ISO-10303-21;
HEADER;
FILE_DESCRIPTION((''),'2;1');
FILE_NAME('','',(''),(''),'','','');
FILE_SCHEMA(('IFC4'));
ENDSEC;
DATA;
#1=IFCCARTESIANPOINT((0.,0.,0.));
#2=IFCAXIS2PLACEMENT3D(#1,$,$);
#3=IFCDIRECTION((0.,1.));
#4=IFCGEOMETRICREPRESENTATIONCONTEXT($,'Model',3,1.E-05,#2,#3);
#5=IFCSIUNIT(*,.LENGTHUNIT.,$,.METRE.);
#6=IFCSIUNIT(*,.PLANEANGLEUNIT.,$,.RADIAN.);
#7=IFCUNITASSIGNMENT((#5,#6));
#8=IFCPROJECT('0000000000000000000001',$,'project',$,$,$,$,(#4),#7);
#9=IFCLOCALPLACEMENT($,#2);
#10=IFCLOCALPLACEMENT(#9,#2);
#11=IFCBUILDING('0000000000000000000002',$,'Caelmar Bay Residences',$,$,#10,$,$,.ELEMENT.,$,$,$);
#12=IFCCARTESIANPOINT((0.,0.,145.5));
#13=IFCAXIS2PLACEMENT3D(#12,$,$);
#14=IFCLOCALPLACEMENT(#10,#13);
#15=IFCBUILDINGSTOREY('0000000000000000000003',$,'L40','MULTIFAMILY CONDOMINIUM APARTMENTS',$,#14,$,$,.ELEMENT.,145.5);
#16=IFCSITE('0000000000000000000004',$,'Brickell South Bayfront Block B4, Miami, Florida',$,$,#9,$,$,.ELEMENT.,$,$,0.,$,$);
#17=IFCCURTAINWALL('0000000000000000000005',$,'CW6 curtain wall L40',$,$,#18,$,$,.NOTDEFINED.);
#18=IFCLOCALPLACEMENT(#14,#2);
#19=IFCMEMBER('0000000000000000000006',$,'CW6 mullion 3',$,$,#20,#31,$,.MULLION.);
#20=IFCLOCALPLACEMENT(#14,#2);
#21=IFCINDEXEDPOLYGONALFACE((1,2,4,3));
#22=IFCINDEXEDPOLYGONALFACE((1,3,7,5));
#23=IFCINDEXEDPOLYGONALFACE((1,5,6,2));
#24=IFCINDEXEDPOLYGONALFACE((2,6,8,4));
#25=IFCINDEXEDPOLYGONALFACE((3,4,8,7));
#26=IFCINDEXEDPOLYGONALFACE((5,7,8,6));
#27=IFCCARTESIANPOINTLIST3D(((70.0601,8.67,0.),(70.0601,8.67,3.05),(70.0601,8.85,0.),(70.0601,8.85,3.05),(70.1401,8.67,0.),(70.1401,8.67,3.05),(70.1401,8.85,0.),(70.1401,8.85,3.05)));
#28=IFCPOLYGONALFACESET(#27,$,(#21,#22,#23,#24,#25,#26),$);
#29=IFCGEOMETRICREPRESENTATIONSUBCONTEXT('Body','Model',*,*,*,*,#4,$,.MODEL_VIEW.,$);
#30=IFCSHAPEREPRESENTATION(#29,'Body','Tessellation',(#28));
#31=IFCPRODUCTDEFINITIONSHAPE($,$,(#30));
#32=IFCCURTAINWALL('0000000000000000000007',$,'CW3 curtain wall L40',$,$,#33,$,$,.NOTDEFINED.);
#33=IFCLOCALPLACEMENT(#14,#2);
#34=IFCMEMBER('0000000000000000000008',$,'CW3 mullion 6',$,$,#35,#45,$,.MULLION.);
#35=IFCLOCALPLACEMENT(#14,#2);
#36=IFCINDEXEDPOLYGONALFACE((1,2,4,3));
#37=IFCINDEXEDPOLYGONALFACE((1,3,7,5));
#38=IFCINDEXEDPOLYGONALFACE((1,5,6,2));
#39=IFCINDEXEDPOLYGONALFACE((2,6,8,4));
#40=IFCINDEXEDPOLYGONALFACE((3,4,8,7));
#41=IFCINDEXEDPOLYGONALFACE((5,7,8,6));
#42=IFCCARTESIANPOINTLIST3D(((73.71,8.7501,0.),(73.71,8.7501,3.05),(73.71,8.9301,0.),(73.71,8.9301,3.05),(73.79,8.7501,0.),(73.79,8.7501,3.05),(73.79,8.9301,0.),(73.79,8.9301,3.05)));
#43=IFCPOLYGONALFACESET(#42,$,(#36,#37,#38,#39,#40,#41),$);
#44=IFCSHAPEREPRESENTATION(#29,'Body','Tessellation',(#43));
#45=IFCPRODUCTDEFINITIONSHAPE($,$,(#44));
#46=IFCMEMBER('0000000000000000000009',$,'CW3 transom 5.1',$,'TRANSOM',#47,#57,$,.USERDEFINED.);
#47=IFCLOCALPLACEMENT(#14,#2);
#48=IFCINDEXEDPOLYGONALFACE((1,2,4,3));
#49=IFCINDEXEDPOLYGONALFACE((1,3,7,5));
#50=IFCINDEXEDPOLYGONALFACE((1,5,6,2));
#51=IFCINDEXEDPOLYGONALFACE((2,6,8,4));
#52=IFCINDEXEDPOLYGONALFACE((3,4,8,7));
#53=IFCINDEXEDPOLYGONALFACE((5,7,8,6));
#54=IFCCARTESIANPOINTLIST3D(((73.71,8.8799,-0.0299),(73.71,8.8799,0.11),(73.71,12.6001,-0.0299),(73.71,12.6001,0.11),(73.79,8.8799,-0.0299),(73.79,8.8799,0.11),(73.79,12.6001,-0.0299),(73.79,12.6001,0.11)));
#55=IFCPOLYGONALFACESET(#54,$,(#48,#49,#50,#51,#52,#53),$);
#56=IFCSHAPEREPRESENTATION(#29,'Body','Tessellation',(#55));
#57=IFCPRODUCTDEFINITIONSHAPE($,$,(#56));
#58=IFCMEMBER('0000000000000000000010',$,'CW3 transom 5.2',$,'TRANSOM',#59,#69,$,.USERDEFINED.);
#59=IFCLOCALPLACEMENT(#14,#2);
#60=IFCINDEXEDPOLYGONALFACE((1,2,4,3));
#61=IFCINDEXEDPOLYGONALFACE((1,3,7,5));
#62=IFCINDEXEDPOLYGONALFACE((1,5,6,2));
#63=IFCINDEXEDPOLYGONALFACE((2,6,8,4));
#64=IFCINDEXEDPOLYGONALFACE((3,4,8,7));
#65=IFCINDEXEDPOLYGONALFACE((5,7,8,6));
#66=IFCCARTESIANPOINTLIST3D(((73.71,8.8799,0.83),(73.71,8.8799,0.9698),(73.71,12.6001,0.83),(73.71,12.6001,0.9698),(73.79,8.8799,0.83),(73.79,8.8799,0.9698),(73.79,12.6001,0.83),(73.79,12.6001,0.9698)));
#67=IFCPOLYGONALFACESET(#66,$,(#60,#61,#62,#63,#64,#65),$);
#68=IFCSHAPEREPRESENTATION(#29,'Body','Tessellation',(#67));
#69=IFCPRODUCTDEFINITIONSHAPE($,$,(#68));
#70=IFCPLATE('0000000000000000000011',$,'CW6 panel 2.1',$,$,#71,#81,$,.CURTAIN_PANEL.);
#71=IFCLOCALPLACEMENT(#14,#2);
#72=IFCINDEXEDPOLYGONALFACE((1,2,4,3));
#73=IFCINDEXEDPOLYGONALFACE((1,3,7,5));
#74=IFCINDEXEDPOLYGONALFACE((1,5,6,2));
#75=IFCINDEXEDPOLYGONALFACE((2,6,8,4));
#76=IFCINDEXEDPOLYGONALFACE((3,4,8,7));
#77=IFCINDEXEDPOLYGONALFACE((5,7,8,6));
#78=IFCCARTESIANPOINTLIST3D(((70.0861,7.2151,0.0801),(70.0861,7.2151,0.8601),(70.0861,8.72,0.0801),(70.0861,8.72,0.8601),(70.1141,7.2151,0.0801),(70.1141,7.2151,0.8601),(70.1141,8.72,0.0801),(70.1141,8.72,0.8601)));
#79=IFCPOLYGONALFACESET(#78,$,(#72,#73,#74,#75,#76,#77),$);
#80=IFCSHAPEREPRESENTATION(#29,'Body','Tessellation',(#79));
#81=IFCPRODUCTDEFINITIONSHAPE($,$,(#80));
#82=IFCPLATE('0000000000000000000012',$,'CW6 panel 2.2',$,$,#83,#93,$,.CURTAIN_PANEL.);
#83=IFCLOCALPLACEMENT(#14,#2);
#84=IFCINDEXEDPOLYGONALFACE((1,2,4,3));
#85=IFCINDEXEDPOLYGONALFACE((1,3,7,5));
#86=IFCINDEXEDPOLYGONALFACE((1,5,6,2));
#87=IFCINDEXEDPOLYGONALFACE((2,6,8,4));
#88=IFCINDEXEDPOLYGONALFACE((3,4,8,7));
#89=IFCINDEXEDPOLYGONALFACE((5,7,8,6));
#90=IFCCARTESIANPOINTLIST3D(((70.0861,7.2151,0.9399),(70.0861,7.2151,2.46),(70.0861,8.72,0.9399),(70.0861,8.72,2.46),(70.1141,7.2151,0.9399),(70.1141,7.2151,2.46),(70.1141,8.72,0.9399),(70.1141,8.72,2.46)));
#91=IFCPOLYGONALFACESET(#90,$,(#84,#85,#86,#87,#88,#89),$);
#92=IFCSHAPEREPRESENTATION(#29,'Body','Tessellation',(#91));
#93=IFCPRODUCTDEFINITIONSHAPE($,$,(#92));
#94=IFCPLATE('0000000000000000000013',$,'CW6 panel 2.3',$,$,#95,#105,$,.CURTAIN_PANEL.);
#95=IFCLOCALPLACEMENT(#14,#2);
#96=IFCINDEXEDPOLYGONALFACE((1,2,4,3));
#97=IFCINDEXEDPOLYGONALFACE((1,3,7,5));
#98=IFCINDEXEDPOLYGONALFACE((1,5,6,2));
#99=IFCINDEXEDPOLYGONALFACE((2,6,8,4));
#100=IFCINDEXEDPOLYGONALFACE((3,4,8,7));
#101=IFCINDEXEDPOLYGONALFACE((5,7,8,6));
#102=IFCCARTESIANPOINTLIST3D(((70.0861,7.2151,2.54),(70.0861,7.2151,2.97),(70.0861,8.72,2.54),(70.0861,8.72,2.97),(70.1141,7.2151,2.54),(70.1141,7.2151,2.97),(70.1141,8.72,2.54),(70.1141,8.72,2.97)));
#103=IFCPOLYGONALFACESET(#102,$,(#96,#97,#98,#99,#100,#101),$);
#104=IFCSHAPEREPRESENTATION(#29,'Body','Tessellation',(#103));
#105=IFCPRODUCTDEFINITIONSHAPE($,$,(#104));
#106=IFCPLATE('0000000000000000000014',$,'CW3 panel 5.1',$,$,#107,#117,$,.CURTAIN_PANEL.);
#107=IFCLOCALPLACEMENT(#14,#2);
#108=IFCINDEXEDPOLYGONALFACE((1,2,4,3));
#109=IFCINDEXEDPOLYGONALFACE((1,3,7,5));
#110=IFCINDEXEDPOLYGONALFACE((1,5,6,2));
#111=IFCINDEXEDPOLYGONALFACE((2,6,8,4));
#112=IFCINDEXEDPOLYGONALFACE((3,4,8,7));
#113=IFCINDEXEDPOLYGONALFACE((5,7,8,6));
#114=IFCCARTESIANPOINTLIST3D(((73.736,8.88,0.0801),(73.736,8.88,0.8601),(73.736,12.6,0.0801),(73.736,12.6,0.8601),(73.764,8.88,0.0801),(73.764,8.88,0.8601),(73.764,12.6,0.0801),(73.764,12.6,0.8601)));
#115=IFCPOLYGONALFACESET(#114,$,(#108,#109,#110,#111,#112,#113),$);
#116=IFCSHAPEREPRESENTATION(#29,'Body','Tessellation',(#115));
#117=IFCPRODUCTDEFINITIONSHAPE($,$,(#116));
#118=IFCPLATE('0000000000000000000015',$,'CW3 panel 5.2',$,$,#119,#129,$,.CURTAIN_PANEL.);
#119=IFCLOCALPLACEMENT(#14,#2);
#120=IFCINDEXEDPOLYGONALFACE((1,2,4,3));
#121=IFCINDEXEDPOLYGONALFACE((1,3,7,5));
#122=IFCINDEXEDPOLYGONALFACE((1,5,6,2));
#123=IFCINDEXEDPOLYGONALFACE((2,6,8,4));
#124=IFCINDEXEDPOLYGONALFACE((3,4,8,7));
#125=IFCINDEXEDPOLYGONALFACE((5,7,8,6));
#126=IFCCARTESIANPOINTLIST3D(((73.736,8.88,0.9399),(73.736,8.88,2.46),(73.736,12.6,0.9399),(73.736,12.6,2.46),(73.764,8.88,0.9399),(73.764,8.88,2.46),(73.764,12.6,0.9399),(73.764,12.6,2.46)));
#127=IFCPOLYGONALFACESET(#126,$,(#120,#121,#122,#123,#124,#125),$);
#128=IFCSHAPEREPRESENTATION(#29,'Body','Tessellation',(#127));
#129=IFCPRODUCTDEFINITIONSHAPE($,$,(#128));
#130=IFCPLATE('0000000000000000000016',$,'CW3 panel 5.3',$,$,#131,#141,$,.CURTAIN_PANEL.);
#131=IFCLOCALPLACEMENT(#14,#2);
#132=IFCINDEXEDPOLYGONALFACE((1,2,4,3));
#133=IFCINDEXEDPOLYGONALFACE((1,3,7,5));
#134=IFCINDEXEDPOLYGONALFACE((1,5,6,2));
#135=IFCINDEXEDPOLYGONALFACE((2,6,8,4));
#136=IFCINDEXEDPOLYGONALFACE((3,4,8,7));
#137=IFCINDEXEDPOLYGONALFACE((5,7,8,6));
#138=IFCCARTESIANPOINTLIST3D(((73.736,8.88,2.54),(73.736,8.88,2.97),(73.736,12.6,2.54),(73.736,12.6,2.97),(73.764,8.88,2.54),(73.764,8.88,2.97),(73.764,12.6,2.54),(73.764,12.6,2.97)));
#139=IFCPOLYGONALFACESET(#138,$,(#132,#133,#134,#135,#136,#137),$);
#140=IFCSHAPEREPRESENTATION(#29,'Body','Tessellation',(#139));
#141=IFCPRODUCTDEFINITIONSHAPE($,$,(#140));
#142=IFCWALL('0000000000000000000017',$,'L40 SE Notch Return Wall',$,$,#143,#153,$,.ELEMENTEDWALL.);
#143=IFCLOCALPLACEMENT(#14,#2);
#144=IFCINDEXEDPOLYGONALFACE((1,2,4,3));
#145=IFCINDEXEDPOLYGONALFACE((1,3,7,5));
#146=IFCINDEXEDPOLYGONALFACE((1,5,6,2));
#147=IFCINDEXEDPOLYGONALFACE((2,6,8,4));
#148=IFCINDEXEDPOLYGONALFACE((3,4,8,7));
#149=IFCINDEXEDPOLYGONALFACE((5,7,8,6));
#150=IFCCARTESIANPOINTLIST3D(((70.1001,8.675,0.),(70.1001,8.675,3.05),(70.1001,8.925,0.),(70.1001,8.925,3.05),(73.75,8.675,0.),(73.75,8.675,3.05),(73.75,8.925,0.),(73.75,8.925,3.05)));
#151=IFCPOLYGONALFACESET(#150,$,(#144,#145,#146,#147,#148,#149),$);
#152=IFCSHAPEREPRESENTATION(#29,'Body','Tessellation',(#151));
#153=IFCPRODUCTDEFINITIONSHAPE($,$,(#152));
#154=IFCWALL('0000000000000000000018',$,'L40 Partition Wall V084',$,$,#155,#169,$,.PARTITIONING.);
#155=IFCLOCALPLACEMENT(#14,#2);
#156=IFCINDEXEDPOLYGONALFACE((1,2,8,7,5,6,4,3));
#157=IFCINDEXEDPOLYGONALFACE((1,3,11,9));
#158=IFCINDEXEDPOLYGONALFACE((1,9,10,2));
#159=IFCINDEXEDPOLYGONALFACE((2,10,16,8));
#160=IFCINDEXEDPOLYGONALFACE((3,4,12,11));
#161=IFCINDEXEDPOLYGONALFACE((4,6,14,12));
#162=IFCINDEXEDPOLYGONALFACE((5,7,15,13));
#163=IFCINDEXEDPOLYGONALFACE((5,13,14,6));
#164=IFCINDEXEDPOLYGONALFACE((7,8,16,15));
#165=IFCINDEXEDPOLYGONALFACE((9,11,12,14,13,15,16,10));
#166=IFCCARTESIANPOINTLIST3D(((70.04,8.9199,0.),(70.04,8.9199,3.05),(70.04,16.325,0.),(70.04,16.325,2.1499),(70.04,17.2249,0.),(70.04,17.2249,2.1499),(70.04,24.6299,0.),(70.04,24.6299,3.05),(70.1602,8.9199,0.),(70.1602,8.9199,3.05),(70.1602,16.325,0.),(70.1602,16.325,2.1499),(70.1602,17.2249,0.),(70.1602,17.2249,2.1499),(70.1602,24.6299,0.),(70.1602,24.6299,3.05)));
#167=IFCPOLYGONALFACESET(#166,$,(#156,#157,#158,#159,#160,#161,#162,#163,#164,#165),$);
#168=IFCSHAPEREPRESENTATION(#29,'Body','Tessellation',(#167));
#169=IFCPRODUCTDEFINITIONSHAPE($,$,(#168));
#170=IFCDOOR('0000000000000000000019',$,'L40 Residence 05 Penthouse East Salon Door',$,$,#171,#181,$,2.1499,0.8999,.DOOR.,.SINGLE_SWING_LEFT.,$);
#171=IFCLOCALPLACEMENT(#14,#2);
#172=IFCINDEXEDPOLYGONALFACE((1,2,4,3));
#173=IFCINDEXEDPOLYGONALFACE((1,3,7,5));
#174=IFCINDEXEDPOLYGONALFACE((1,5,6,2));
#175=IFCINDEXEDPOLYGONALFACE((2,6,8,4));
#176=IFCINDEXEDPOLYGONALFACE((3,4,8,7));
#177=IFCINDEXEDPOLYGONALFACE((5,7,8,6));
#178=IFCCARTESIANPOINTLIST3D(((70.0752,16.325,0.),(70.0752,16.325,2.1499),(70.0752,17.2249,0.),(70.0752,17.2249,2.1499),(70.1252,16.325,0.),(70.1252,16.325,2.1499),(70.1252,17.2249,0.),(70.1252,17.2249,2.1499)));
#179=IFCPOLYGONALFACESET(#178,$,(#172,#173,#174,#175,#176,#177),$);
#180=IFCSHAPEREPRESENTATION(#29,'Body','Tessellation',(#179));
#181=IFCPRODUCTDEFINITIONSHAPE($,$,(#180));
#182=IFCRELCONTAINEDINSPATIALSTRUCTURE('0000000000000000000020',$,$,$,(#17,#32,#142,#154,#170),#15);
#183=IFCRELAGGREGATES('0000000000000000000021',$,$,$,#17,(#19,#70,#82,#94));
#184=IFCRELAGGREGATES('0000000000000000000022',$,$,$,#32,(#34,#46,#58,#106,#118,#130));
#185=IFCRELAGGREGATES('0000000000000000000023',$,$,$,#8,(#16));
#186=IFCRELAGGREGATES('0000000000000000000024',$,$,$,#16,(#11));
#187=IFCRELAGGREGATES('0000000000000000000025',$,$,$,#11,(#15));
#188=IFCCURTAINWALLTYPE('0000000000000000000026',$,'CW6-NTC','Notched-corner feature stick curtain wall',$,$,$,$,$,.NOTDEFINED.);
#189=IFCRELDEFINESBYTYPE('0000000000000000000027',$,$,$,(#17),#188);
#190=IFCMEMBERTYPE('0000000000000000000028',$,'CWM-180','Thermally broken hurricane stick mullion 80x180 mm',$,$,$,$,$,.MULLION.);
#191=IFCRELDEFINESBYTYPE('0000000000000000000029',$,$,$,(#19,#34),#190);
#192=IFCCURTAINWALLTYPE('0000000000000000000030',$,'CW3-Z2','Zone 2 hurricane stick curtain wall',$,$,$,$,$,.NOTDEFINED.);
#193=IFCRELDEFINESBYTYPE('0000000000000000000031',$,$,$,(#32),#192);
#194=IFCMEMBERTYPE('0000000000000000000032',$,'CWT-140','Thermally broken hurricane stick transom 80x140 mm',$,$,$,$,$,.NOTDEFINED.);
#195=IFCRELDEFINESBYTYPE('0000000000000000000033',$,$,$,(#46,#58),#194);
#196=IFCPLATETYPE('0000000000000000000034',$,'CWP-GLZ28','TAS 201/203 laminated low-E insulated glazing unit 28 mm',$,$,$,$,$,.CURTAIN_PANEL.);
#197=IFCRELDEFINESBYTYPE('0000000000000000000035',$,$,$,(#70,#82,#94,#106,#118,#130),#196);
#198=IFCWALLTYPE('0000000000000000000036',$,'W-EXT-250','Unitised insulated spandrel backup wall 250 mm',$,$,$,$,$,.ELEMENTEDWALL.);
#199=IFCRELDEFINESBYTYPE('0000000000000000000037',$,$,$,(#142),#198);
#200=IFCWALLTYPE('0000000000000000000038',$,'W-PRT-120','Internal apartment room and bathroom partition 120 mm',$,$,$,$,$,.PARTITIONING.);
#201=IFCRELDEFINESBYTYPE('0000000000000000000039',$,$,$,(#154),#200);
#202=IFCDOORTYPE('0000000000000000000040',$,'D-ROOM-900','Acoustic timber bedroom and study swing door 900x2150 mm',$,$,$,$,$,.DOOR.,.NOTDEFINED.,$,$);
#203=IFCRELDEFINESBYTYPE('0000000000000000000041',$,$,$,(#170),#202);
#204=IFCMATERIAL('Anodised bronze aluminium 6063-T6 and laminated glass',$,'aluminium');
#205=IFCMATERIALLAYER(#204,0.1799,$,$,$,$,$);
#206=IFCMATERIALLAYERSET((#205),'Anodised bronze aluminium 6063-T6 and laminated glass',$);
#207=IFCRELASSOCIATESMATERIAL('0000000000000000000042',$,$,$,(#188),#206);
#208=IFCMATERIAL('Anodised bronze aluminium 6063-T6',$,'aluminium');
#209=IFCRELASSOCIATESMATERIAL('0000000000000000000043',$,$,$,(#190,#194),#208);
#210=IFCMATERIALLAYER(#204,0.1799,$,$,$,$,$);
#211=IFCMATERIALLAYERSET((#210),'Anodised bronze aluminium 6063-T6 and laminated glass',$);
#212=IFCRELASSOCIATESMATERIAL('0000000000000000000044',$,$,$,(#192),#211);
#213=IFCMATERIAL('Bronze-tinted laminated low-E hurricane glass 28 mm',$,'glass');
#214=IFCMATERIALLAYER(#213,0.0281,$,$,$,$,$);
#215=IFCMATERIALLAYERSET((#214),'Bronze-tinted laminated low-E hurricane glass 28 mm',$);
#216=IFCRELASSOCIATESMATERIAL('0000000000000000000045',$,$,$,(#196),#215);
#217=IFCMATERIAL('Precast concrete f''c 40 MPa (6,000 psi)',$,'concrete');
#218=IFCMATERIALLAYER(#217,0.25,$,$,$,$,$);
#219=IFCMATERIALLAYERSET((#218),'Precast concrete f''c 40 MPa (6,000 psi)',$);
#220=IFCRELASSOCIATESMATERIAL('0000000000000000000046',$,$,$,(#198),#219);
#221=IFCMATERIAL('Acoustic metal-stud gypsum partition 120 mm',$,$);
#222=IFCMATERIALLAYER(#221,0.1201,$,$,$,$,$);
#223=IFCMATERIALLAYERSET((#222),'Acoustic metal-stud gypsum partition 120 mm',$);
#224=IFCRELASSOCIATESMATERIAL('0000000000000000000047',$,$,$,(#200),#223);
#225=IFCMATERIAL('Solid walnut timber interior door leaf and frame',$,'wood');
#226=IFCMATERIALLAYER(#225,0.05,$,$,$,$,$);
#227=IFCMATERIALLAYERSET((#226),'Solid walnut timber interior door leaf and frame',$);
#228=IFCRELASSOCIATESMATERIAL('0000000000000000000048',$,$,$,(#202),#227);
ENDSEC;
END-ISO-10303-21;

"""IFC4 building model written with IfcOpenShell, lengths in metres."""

from ifc_helpers import new_model, si_unit, direction, frame, frame_2d, origin, origin_2d, place, context, subcontext, project, spatial, rectangle, extrude, material, layer, layer_set, material_profile, profile_set, type_object, element, fill, aggregate, save


model = new_model("IFC4")

# Units and contexts
model_context = context("Model", 3, precision=1e-05, world=origin(), true_north=direction((0.0, 1.0)))
body_context = subcontext(model_context, "Body", "Model", "MODEL_VIEW")
ifc_project = project(units=[si_unit("LENGTHUNIT", "METRE"), si_unit("PLANEANGLEUNIT", "RADIAN")], contexts=[model_context])

# Site, building, storey
site_placement = place(None, origin())
site = spatial("IfcSite", under=ifc_project, at=site_placement, Name="Brickell South Bayfront Block B4, Miami, Florida", CompositionType="ELEMENT", RefElevation=0.0)
building_placement = place(site_placement, origin())
building = spatial("IfcBuilding", under=site, at=building_placement, Name="Caelmar Bay Residences", CompositionType="ELEMENT")
storey_placement = place(building_placement, frame((0.0, 0.0, 145.5)))
storey = spatial("IfcBuildingStorey", under=building, at=storey_placement, Name="L40", Description="MULTIFAMILY CONDOMINIUM APARTMENTS", CompositionType="ELEMENT", Elevation=145.5)

# Curtain wall, member
ifc_material_1 = material(Name="Anodised bronze aluminium 6063-T6 and laminated glass", Category="aluminium")
ifc_layer_1 = layer(ifc_material_1, 0.1799)
ifc_layer_set_1 = layer_set([ifc_layer_1], Name="Anodised bronze aluminium 6063-T6 and laminated glass")
curtain_wall_type_1 = type_object("IfcCurtainWallType", Name="CW6-NTC", Description="Notched-corner feature stick curtain wall", PredefinedType="NOTDEFINED", material=ifc_layer_set_1)
curtain_wall_1_placement = place(storey_placement, origin())
curtain_wall_1 = element("IfcCurtainWall", 1, at=curtain_wall_1_placement, inside=storey, type_object=curtain_wall_type_1, Name="CW6 curtain wall L40", PredefinedType="NOTDEFINED")
ifc_material_2 = material(Name="Anodised bronze aluminium 6063-T6", Category="aluminium")
ifc_material_profile_1 = material_profile(ifc_material_2, rectangle(XDim=0.0801, YDim=0.1799, at=origin_2d()), Name="CWM-80X180")
ifc_profile_set_1 = profile_set([ifc_material_profile_1], Name="Anodised bronze aluminium 6063-T6")
member_type_1 = type_object("IfcMemberType", Name="CWM-180", Description="Thermally broken hurricane stick mullion 80x180 mm", PredefinedType="MULLION", material=ifc_profile_set_1)
member_1_placement = place(storey_placement, frame((70.1001, 8.76, 0.0), z_axis=(0.0, 0.0, 1.0), x_axis=(-1.0, 0.0, 0.0)))
member_1 = element("IfcMember", 2, at=member_1_placement, type_object=member_type_1, Name="CW6 mullion 3", PredefinedType="MULLION", context=body_context, shape_type="SweptSolid", body=[
    extrude(rectangle(XDim=0.0801, YDim=0.1799, at=origin_2d()), origin(), (0.0, 0.0, 1.0), 3.05),
])

# Curtain wall, members
ifc_layer_2 = layer(ifc_material_1, 0.1799)
ifc_layer_set_2 = layer_set([ifc_layer_2], Name="Anodised bronze aluminium 6063-T6 and laminated glass")
curtain_wall_type_2 = type_object("IfcCurtainWallType", Name="CW3-Z2", Description="Zone 2 hurricane stick curtain wall", PredefinedType="NOTDEFINED", material=ifc_layer_set_2)
curtain_wall_2_placement = place(storey_placement, origin())
curtain_wall_2 = element("IfcCurtainWall", 3, at=curtain_wall_2_placement, inside=storey, type_object=curtain_wall_type_2, Name="CW3 curtain wall L40", PredefinedType="NOTDEFINED")
member_2_placement = place(storey_placement, frame((73.75, 8.8401, 0.0), z_axis=(0.0, 0.0, 1.0), x_axis=(1.0, 0.0, 0.0)))
member_2 = element("IfcMember", 4, at=member_2_placement, type_object=member_type_1, Name="CW3 mullion 6", PredefinedType="MULLION", context=body_context, shape_type="SweptSolid", body=[
    extrude(rectangle(XDim=0.0801, YDim=0.1799, at=origin_2d()), origin(), (0.0, 0.0, 1.0), 3.05),
])
ifc_material_profile_2 = material_profile(ifc_material_2, rectangle(XDim=0.0801, YDim=0.1399, at=origin_2d()), Name="CWT-80X140")
ifc_profile_set_2 = profile_set([ifc_material_profile_2], Name="Anodised bronze aluminium 6063-T6")
member_type_2 = type_object("IfcMemberType", Name="CWT-140", Description="Thermally broken hurricane stick transom 80x140 mm", PredefinedType="NOTDEFINED", material=ifc_profile_set_2)
member_3_placement = place(storey_placement, frame((73.75, 12.6001, 0.04), z_axis=(0.0, -1.0, 0.0), x_axis=(1.0, 0.0, 0.0)))
member_3 = element("IfcMember", 5, at=member_3_placement, type_object=member_type_2, Name="CW3 transom 5.1", ObjectType="TRANSOM", PredefinedType="USERDEFINED", context=body_context, shape_type="SweptSolid", body=[
    extrude(rectangle(XDim=0.0801, YDim=0.1399, at=origin_2d()), origin(), (0.0, 0.0, 1.0), 3.7202),
])
member_4_placement = place(storey_placement, frame((73.75, 12.6001, 0.8999), z_axis=(0.0, -1.0, 0.0), x_axis=(1.0, 0.0, 0.0)))
member_4 = element("IfcMember", 6, at=member_4_placement, type_object=member_type_2, Name="CW3 transom 5.2", ObjectType="TRANSOM", PredefinedType="USERDEFINED", context=body_context, shape_type="SweptSolid", body=[
    extrude(rectangle(XDim=0.0801, YDim=0.1399, at=origin_2d()), origin(), (0.0, 0.0, 1.0), 3.7202),
])

# Plates
ifc_material_3 = material(Name="Bronze-tinted laminated low-E hurricane glass 28 mm", Category="glass")
ifc_layer_3 = layer(ifc_material_3, 0.0281)
ifc_layer_set_3 = layer_set([ifc_layer_3], Name="Bronze-tinted laminated low-E hurricane glass 28 mm")
plate_type = type_object("IfcPlateType", Name="CWP-GLZ28", Description="TAS 201/203 laminated low-E insulated glazing unit 28 mm", PredefinedType="CURTAIN_PANEL", material=ifc_layer_set_3)
plate_1_placement = place(storey_placement, frame((70.1001, 7.9675, 0.0801), z_axis=(0.0, 0.0, 1.0), x_axis=(0.0, 1.0, 0.0)))
plate_1 = element("IfcPlate", 7, at=plate_1_placement, type_object=plate_type, Name="CW6 panel 2.1", PredefinedType="CURTAIN_PANEL", context=body_context, shape_type="SweptSolid", body=[
    extrude(rectangle(XDim=1.5049, YDim=0.0281, at=origin_2d()), origin(), (0.0, 0.0, 1.0), 0.78),
])
plate_2_placement = place(storey_placement, frame((70.1001, 7.9675, 0.9399), z_axis=(0.0, 0.0, 1.0), x_axis=(0.0, 1.0, 0.0)))
plate_2 = element("IfcPlate", 8, at=plate_2_placement, type_object=plate_type, Name="CW6 panel 2.2", PredefinedType="CURTAIN_PANEL", context=body_context, shape_type="SweptSolid", body=[
    extrude(rectangle(XDim=1.5049, YDim=0.0281, at=origin_2d()), origin(), (0.0, 0.0, 1.0), 1.52),
])
plate_3_placement = place(storey_placement, frame((70.1001, 7.9675, 2.54), z_axis=(0.0, 0.0, 1.0), x_axis=(0.0, 1.0, 0.0)))
plate_3 = element("IfcPlate", 9, at=plate_3_placement, type_object=plate_type, Name="CW6 panel 2.3", PredefinedType="CURTAIN_PANEL", context=body_context, shape_type="SweptSolid", body=[
    extrude(rectangle(XDim=1.5049, YDim=0.0281, at=origin_2d()), origin(), (0.0, 0.0, 1.0), 0.4299),
])
aggregate(curtain_wall_1, [member_1, plate_1, plate_2, plate_3])
plate_4_placement = place(storey_placement, frame((73.75, 10.74, 0.0801), z_axis=(0.0, 0.0, 1.0), x_axis=(0.0, -1.0, 0.0)))
plate_4 = element("IfcPlate", 10, at=plate_4_placement, type_object=plate_type, Name="CW3 panel 5.1", PredefinedType="CURTAIN_PANEL", context=body_context, shape_type="SweptSolid", body=[
    extrude(rectangle(XDim=3.72, YDim=0.0281, at=origin_2d()), origin(), (0.0, 0.0, 1.0), 0.78),
])
plate_5_placement = place(storey_placement, frame((73.75, 10.74, 0.9399), z_axis=(0.0, 0.0, 1.0), x_axis=(0.0, -1.0, 0.0)))
plate_5 = element("IfcPlate", 11, at=plate_5_placement, type_object=plate_type, Name="CW3 panel 5.2", PredefinedType="CURTAIN_PANEL", context=body_context, shape_type="SweptSolid", body=[
    extrude(rectangle(XDim=3.72, YDim=0.0281, at=origin_2d()), origin(), (0.0, 0.0, 1.0), 1.52),
])
plate_6_placement = place(storey_placement, frame((73.75, 10.74, 2.54), z_axis=(0.0, 0.0, 1.0), x_axis=(0.0, -1.0, 0.0)))
plate_6 = element("IfcPlate", 12, at=plate_6_placement, type_object=plate_type, Name="CW3 panel 5.3", PredefinedType="CURTAIN_PANEL", context=body_context, shape_type="SweptSolid", body=[
    extrude(rectangle(XDim=3.72, YDim=0.0281, at=origin_2d()), origin(), (0.0, 0.0, 1.0), 0.4299),
])
aggregate(curtain_wall_2, [member_2, member_3, member_4, plate_4, plate_5, plate_6])

# Wall
ifc_material_4 = material(Name="Precast concrete f'c 40 MPa (6,000 psi)", Category="concrete")
ifc_layer_4 = layer(ifc_material_4, 0.25)
ifc_layer_set_4 = layer_set([ifc_layer_4], Name="Precast concrete f'c 40 MPa (6,000 psi)")
wall_type_1 = type_object("IfcWallType", Name="W-EXT-250", Description="Unitised insulated spandrel backup wall 250 mm", PredefinedType="ELEMENTEDWALL", material=ifc_layer_set_4)
wall_1_placement = place(storey_placement, frame((70.1001, 8.8, 0.0), z_axis=(0.0, 0.0, 1.0), x_axis=(1.0, 0.0, 0.0)))
element("IfcWall", 13, at=wall_1_placement, inside=storey, type_object=wall_type_1, Name="L40 SE Notch Return Wall", PredefinedType="ELEMENTEDWALL", context=body_context, shape_type="SweptSolid", body=[
    extrude(rectangle(XDim=3.6499, YDim=0.25, at=frame_2d((1.825, 0.0))), origin(), (0.0, 0.0, 1.0), 3.05),
])

# Wall, opening, door
ifc_material_5 = material(Name="Acoustic metal-stud gypsum partition 120 mm")
ifc_layer_5 = layer(ifc_material_5, 0.1201)
ifc_layer_set_5 = layer_set([ifc_layer_5], Name="Acoustic metal-stud gypsum partition 120 mm")
wall_type_2 = type_object("IfcWallType", Name="W-PRT-120", Description="Internal apartment room and bathroom partition 120 mm", PredefinedType="PARTITIONING", material=ifc_layer_set_5)
wall_2_placement = place(storey_placement, frame((70.1001, 8.9199, 0.0), z_axis=(0.0, 0.0, 1.0), x_axis=(0.0, 1.0, 0.0)))
wall_2 = element("IfcWall", 14, at=wall_2_placement, inside=storey, type_object=wall_type_2, Name="L40 Partition Wall V084", PredefinedType="PARTITIONING", context=body_context, shape_type="SweptSolid", body=[
    extrude(rectangle(XDim=15.71, YDim=0.1201, at=frame_2d((7.855, 0.0))), origin(), (0.0, 0.0, 1.0), 3.05),
])
opening_placement = place(wall_2_placement, frame((7.405, 0.0, 0.0)))
opening = element("IfcOpeningElement", 15, at=opening_placement, cuts=wall_2, PredefinedType="OPENING", context=body_context, shape_type="SweptSolid", body=[
    extrude(rectangle(XDim=0.8999, YDim=2.1499, at=frame_2d((0.45, 1.075))), frame((0.0, 0.0701, 0.0), z_axis=(0.0, -1.0, 0.0), x_axis=(1.0, 0.0, 0.0)), (0.0, 0.0, 1.0), 0.1401),
])
ifc_material_6 = material(Name="Solid walnut timber interior door leaf and frame", Category="wood")
ifc_layer_6 = layer(ifc_material_6, 0.05)
ifc_layer_set_6 = layer_set([ifc_layer_6], Name="Solid walnut timber interior door leaf and frame")
door_type = type_object("IfcDoorType", Name="D-ROOM-900", Description="Acoustic timber bedroom and study swing door 900x2150 mm", OperationType="NOTDEFINED", PredefinedType="DOOR", material=ifc_layer_set_6)
door_placement = place(opening_placement, origin())
door = element("IfcDoor", 16, at=door_placement, inside=storey, type_object=door_type, Name="L40 Residence 05 Penthouse East Salon Door", OperationType="SINGLE_SWING_LEFT", OverallHeight=2.1499, OverallWidth=0.8999, PredefinedType="DOOR", context=body_context, shape_type="SweptSolid", body=[
    extrude(rectangle(XDim=0.8999, YDim=2.1499, at=frame_2d((0.45, 1.075))), frame((0.0, 0.0249, 0.0), z_axis=(0.0, -1.0, 0.0), x_axis=(1.0, 0.0, 0.0)), (0.0, 0.0, 1.0), 0.05),
])
fill(opening, door)

save(model, "model.ifc")
